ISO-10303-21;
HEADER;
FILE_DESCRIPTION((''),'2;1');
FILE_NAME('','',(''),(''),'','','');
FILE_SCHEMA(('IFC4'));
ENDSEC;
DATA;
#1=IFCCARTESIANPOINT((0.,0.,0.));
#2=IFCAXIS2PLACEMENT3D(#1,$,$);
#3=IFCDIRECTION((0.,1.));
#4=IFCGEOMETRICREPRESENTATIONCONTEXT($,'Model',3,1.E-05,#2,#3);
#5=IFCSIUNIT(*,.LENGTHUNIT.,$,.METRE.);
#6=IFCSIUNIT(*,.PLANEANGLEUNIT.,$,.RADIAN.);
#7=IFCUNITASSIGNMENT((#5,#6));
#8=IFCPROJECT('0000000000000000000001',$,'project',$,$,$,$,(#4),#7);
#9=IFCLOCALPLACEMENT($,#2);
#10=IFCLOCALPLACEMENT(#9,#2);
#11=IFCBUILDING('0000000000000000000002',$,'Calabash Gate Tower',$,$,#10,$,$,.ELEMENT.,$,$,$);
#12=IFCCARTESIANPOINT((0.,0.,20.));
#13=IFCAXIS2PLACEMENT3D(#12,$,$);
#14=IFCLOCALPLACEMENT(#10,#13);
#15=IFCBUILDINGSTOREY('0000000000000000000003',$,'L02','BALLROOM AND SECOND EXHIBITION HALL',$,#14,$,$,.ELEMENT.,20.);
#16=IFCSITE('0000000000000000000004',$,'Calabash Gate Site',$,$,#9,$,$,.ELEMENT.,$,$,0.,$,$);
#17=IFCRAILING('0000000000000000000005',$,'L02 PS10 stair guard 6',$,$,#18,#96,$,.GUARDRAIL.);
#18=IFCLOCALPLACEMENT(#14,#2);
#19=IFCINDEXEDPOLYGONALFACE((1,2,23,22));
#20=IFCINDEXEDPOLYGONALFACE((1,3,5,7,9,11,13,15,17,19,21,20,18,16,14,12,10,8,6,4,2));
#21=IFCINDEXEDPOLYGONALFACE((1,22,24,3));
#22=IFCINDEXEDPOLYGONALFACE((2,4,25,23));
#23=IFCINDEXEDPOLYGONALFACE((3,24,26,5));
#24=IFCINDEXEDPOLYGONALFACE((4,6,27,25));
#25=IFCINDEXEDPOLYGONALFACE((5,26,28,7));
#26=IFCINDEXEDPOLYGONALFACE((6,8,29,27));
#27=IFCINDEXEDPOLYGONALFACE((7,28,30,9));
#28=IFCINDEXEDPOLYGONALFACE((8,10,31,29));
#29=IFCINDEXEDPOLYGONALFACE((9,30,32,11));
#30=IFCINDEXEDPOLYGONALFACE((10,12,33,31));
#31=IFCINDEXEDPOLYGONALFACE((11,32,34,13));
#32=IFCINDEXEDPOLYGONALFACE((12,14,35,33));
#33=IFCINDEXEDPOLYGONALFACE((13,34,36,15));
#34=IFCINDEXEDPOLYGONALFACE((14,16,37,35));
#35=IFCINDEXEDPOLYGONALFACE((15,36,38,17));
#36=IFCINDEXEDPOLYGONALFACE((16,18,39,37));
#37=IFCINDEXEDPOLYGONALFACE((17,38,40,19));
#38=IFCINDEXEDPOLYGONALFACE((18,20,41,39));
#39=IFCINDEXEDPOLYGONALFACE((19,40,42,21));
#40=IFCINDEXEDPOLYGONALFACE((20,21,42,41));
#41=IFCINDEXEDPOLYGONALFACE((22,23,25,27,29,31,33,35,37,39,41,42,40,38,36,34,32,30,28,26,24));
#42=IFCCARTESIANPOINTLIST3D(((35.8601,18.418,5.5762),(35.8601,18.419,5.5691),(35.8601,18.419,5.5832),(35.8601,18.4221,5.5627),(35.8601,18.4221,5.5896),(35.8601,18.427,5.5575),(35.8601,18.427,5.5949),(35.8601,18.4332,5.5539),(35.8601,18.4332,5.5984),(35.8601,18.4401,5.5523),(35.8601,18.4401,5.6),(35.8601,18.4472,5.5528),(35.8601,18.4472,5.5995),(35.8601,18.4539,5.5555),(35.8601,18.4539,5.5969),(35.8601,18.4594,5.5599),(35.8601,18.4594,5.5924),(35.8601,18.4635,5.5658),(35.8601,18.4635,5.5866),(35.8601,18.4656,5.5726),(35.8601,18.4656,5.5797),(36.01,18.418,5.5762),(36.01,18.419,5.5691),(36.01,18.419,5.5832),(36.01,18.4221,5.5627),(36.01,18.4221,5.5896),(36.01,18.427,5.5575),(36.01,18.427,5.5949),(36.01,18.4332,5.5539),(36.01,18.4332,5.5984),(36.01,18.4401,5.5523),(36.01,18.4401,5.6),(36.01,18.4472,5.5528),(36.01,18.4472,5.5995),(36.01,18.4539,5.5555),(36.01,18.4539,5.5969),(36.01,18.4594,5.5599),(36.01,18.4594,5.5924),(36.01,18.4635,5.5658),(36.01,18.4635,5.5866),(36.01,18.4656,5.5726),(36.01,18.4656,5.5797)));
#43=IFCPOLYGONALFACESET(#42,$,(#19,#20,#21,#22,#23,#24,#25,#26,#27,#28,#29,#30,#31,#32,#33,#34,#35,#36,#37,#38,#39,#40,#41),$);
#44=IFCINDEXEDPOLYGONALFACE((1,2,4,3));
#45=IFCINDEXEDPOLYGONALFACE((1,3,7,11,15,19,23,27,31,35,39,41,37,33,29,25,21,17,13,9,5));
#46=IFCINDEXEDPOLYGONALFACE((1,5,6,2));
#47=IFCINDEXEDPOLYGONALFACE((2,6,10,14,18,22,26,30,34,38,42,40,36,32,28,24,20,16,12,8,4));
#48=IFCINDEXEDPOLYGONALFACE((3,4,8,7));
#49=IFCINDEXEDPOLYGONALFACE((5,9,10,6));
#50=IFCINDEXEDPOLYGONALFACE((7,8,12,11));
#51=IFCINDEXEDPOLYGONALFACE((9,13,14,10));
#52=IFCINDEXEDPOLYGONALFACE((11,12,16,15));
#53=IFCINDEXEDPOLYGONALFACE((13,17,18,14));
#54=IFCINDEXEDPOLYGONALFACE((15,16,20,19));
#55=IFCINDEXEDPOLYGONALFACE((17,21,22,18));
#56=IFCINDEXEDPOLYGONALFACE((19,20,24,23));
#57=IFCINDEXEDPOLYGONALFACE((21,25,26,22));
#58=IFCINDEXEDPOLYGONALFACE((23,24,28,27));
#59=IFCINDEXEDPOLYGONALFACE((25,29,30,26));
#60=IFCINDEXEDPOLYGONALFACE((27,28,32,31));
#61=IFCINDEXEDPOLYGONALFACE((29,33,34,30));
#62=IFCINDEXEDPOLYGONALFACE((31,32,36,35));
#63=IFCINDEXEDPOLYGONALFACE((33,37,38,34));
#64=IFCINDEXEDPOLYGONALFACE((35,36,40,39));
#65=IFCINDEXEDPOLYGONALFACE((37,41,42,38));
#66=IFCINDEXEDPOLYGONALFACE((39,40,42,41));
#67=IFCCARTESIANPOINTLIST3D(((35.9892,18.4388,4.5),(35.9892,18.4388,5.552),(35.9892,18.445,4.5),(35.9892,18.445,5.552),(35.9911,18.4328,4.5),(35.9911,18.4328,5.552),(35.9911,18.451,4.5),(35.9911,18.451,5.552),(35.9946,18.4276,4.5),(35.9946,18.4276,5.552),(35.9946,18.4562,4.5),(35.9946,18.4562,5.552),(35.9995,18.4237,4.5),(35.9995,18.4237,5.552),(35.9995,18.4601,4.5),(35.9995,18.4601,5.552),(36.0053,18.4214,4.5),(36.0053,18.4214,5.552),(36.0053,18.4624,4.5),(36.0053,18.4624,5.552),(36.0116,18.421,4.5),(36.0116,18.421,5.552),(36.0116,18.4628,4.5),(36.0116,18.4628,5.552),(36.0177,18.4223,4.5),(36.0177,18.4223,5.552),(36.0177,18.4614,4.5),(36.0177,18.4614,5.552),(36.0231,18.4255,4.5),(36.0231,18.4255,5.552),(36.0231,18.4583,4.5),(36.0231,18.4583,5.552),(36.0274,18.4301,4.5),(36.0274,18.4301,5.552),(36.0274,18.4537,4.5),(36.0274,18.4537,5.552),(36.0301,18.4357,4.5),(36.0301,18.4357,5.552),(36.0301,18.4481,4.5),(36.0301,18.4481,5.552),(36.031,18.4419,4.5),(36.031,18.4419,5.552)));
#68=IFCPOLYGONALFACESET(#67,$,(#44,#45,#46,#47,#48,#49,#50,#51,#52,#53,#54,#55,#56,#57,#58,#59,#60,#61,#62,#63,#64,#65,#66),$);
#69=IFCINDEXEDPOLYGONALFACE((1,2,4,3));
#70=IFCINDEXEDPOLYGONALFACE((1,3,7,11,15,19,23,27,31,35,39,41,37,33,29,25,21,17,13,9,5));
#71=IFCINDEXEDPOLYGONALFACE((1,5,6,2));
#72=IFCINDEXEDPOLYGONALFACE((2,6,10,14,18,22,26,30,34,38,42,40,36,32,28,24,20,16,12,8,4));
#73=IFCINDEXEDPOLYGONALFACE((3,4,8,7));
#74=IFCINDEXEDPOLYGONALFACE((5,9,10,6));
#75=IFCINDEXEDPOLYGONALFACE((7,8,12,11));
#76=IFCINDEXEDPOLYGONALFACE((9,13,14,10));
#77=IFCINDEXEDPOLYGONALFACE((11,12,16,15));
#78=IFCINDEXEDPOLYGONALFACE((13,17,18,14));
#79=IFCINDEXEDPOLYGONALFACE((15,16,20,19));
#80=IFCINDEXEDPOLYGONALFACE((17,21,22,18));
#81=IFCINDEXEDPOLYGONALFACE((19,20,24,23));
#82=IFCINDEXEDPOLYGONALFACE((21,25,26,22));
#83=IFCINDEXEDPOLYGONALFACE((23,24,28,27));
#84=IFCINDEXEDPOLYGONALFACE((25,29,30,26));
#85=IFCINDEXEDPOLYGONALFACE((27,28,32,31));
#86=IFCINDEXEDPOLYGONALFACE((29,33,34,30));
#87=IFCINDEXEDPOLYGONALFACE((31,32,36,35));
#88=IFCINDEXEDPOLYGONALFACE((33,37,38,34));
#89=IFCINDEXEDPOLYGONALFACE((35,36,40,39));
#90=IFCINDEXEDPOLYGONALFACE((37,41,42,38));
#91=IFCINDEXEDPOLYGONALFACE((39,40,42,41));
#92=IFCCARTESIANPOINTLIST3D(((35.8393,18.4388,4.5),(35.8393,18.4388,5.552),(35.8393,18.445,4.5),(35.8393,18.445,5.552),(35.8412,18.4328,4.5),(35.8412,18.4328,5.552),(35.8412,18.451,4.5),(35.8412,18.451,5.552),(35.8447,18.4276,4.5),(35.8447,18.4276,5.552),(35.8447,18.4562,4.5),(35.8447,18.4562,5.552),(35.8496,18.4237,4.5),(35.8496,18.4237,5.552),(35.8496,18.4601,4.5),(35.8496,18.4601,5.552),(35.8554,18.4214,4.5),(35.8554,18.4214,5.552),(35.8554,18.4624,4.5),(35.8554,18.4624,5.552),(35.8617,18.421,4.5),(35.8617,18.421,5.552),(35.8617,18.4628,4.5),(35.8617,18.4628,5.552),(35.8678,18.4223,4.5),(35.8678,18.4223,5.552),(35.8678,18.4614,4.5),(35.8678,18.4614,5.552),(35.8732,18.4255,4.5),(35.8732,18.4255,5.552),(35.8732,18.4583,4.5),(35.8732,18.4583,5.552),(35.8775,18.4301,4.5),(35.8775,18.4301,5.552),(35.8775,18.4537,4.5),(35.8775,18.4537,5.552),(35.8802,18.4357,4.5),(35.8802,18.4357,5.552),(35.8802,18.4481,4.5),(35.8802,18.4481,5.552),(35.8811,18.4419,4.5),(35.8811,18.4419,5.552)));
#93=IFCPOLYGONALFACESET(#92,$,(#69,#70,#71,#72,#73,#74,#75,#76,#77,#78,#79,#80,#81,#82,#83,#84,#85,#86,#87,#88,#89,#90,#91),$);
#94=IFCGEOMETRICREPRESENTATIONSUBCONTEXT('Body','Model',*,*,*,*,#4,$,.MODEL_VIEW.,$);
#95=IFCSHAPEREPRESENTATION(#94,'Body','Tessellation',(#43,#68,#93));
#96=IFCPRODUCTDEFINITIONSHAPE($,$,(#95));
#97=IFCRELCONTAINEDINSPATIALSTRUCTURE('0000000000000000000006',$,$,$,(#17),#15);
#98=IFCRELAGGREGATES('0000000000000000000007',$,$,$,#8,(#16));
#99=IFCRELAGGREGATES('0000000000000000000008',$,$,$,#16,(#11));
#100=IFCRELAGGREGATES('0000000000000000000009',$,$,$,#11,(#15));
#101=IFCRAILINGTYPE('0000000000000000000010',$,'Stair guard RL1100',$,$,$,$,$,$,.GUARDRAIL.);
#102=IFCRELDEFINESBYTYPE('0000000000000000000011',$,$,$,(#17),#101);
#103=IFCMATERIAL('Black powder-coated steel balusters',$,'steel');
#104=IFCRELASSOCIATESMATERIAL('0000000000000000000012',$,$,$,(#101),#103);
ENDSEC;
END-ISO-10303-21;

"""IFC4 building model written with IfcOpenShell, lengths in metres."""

from ifc_helpers import new_model, si_unit, direction, frame, origin, origin_2d, place, context, subcontext, project, spatial, circle, extrude, material, type_object, element, save


model = new_model("IFC4")

# Units and contexts
model_context = context("Model", 3, precision=1e-05, world=origin(), true_north=direction((0.0, 1.0)))
body_context = subcontext(model_context, "Body", "Model", "MODEL_VIEW")
ifc_project = project(units=[si_unit("LENGTHUNIT", "METRE"), si_unit("PLANEANGLEUNIT", "RADIAN")], contexts=[model_context])

# Site, building, storey
site_placement = place(None, origin())
site = spatial("IfcSite", under=ifc_project, at=site_placement, Name="Calabash Gate Site", CompositionType="ELEMENT", RefElevation=0.0)
building_placement = place(site_placement, origin())
building = spatial("IfcBuilding", under=site, at=building_placement, Name="Calabash Gate Tower", CompositionType="ELEMENT")
storey_placement = place(building_placement, frame((0.0, 0.0, 20.0)))
storey = spatial("IfcBuildingStorey", under=building, at=storey_placement, Name="L02", Description="BALLROOM AND SECOND EXHIBITION HALL", CompositionType="ELEMENT", Elevation=20.0)

# Railing
ifc_material_1 = material(Name="Black powder-coated steel balusters", Category="steel")
railing_type_1 = type_object("IfcRailingType", Name="Stair guard RL1100", PredefinedType="GUARDRAIL", material=ifc_material_1)
railing_1_placement = place(storey_placement, frame((36.01, 18.4419, 4.5)))
element("IfcRailing", 1, at=railing_1_placement, inside=storey, type_object=railing_type_1, Name="L02 PS10 stair guard 6", PredefinedType="GUARDRAIL", context=body_context, shape_type="SweptSolid", body=[
    extrude(circle(Radius=0.0239, at=origin_2d()), frame((0.0, 0.0, 1.0762), z_axis=(-1.0, 0.0, 0.0), x_axis=(0.0, -1.0, 0.0)), (0.0, 0.0, 1.0), 0.1499),
    extrude(circle(Radius=0.021, at=origin_2d()), origin(), (0.0, 0.0, 1.0), 1.052),
    extrude(circle(Radius=0.021, at=origin_2d()), frame((-0.1499, 0.0, 0.0)), (0.0, 0.0, 1.0), 1.052),
])

save(model, "model.ifc")
